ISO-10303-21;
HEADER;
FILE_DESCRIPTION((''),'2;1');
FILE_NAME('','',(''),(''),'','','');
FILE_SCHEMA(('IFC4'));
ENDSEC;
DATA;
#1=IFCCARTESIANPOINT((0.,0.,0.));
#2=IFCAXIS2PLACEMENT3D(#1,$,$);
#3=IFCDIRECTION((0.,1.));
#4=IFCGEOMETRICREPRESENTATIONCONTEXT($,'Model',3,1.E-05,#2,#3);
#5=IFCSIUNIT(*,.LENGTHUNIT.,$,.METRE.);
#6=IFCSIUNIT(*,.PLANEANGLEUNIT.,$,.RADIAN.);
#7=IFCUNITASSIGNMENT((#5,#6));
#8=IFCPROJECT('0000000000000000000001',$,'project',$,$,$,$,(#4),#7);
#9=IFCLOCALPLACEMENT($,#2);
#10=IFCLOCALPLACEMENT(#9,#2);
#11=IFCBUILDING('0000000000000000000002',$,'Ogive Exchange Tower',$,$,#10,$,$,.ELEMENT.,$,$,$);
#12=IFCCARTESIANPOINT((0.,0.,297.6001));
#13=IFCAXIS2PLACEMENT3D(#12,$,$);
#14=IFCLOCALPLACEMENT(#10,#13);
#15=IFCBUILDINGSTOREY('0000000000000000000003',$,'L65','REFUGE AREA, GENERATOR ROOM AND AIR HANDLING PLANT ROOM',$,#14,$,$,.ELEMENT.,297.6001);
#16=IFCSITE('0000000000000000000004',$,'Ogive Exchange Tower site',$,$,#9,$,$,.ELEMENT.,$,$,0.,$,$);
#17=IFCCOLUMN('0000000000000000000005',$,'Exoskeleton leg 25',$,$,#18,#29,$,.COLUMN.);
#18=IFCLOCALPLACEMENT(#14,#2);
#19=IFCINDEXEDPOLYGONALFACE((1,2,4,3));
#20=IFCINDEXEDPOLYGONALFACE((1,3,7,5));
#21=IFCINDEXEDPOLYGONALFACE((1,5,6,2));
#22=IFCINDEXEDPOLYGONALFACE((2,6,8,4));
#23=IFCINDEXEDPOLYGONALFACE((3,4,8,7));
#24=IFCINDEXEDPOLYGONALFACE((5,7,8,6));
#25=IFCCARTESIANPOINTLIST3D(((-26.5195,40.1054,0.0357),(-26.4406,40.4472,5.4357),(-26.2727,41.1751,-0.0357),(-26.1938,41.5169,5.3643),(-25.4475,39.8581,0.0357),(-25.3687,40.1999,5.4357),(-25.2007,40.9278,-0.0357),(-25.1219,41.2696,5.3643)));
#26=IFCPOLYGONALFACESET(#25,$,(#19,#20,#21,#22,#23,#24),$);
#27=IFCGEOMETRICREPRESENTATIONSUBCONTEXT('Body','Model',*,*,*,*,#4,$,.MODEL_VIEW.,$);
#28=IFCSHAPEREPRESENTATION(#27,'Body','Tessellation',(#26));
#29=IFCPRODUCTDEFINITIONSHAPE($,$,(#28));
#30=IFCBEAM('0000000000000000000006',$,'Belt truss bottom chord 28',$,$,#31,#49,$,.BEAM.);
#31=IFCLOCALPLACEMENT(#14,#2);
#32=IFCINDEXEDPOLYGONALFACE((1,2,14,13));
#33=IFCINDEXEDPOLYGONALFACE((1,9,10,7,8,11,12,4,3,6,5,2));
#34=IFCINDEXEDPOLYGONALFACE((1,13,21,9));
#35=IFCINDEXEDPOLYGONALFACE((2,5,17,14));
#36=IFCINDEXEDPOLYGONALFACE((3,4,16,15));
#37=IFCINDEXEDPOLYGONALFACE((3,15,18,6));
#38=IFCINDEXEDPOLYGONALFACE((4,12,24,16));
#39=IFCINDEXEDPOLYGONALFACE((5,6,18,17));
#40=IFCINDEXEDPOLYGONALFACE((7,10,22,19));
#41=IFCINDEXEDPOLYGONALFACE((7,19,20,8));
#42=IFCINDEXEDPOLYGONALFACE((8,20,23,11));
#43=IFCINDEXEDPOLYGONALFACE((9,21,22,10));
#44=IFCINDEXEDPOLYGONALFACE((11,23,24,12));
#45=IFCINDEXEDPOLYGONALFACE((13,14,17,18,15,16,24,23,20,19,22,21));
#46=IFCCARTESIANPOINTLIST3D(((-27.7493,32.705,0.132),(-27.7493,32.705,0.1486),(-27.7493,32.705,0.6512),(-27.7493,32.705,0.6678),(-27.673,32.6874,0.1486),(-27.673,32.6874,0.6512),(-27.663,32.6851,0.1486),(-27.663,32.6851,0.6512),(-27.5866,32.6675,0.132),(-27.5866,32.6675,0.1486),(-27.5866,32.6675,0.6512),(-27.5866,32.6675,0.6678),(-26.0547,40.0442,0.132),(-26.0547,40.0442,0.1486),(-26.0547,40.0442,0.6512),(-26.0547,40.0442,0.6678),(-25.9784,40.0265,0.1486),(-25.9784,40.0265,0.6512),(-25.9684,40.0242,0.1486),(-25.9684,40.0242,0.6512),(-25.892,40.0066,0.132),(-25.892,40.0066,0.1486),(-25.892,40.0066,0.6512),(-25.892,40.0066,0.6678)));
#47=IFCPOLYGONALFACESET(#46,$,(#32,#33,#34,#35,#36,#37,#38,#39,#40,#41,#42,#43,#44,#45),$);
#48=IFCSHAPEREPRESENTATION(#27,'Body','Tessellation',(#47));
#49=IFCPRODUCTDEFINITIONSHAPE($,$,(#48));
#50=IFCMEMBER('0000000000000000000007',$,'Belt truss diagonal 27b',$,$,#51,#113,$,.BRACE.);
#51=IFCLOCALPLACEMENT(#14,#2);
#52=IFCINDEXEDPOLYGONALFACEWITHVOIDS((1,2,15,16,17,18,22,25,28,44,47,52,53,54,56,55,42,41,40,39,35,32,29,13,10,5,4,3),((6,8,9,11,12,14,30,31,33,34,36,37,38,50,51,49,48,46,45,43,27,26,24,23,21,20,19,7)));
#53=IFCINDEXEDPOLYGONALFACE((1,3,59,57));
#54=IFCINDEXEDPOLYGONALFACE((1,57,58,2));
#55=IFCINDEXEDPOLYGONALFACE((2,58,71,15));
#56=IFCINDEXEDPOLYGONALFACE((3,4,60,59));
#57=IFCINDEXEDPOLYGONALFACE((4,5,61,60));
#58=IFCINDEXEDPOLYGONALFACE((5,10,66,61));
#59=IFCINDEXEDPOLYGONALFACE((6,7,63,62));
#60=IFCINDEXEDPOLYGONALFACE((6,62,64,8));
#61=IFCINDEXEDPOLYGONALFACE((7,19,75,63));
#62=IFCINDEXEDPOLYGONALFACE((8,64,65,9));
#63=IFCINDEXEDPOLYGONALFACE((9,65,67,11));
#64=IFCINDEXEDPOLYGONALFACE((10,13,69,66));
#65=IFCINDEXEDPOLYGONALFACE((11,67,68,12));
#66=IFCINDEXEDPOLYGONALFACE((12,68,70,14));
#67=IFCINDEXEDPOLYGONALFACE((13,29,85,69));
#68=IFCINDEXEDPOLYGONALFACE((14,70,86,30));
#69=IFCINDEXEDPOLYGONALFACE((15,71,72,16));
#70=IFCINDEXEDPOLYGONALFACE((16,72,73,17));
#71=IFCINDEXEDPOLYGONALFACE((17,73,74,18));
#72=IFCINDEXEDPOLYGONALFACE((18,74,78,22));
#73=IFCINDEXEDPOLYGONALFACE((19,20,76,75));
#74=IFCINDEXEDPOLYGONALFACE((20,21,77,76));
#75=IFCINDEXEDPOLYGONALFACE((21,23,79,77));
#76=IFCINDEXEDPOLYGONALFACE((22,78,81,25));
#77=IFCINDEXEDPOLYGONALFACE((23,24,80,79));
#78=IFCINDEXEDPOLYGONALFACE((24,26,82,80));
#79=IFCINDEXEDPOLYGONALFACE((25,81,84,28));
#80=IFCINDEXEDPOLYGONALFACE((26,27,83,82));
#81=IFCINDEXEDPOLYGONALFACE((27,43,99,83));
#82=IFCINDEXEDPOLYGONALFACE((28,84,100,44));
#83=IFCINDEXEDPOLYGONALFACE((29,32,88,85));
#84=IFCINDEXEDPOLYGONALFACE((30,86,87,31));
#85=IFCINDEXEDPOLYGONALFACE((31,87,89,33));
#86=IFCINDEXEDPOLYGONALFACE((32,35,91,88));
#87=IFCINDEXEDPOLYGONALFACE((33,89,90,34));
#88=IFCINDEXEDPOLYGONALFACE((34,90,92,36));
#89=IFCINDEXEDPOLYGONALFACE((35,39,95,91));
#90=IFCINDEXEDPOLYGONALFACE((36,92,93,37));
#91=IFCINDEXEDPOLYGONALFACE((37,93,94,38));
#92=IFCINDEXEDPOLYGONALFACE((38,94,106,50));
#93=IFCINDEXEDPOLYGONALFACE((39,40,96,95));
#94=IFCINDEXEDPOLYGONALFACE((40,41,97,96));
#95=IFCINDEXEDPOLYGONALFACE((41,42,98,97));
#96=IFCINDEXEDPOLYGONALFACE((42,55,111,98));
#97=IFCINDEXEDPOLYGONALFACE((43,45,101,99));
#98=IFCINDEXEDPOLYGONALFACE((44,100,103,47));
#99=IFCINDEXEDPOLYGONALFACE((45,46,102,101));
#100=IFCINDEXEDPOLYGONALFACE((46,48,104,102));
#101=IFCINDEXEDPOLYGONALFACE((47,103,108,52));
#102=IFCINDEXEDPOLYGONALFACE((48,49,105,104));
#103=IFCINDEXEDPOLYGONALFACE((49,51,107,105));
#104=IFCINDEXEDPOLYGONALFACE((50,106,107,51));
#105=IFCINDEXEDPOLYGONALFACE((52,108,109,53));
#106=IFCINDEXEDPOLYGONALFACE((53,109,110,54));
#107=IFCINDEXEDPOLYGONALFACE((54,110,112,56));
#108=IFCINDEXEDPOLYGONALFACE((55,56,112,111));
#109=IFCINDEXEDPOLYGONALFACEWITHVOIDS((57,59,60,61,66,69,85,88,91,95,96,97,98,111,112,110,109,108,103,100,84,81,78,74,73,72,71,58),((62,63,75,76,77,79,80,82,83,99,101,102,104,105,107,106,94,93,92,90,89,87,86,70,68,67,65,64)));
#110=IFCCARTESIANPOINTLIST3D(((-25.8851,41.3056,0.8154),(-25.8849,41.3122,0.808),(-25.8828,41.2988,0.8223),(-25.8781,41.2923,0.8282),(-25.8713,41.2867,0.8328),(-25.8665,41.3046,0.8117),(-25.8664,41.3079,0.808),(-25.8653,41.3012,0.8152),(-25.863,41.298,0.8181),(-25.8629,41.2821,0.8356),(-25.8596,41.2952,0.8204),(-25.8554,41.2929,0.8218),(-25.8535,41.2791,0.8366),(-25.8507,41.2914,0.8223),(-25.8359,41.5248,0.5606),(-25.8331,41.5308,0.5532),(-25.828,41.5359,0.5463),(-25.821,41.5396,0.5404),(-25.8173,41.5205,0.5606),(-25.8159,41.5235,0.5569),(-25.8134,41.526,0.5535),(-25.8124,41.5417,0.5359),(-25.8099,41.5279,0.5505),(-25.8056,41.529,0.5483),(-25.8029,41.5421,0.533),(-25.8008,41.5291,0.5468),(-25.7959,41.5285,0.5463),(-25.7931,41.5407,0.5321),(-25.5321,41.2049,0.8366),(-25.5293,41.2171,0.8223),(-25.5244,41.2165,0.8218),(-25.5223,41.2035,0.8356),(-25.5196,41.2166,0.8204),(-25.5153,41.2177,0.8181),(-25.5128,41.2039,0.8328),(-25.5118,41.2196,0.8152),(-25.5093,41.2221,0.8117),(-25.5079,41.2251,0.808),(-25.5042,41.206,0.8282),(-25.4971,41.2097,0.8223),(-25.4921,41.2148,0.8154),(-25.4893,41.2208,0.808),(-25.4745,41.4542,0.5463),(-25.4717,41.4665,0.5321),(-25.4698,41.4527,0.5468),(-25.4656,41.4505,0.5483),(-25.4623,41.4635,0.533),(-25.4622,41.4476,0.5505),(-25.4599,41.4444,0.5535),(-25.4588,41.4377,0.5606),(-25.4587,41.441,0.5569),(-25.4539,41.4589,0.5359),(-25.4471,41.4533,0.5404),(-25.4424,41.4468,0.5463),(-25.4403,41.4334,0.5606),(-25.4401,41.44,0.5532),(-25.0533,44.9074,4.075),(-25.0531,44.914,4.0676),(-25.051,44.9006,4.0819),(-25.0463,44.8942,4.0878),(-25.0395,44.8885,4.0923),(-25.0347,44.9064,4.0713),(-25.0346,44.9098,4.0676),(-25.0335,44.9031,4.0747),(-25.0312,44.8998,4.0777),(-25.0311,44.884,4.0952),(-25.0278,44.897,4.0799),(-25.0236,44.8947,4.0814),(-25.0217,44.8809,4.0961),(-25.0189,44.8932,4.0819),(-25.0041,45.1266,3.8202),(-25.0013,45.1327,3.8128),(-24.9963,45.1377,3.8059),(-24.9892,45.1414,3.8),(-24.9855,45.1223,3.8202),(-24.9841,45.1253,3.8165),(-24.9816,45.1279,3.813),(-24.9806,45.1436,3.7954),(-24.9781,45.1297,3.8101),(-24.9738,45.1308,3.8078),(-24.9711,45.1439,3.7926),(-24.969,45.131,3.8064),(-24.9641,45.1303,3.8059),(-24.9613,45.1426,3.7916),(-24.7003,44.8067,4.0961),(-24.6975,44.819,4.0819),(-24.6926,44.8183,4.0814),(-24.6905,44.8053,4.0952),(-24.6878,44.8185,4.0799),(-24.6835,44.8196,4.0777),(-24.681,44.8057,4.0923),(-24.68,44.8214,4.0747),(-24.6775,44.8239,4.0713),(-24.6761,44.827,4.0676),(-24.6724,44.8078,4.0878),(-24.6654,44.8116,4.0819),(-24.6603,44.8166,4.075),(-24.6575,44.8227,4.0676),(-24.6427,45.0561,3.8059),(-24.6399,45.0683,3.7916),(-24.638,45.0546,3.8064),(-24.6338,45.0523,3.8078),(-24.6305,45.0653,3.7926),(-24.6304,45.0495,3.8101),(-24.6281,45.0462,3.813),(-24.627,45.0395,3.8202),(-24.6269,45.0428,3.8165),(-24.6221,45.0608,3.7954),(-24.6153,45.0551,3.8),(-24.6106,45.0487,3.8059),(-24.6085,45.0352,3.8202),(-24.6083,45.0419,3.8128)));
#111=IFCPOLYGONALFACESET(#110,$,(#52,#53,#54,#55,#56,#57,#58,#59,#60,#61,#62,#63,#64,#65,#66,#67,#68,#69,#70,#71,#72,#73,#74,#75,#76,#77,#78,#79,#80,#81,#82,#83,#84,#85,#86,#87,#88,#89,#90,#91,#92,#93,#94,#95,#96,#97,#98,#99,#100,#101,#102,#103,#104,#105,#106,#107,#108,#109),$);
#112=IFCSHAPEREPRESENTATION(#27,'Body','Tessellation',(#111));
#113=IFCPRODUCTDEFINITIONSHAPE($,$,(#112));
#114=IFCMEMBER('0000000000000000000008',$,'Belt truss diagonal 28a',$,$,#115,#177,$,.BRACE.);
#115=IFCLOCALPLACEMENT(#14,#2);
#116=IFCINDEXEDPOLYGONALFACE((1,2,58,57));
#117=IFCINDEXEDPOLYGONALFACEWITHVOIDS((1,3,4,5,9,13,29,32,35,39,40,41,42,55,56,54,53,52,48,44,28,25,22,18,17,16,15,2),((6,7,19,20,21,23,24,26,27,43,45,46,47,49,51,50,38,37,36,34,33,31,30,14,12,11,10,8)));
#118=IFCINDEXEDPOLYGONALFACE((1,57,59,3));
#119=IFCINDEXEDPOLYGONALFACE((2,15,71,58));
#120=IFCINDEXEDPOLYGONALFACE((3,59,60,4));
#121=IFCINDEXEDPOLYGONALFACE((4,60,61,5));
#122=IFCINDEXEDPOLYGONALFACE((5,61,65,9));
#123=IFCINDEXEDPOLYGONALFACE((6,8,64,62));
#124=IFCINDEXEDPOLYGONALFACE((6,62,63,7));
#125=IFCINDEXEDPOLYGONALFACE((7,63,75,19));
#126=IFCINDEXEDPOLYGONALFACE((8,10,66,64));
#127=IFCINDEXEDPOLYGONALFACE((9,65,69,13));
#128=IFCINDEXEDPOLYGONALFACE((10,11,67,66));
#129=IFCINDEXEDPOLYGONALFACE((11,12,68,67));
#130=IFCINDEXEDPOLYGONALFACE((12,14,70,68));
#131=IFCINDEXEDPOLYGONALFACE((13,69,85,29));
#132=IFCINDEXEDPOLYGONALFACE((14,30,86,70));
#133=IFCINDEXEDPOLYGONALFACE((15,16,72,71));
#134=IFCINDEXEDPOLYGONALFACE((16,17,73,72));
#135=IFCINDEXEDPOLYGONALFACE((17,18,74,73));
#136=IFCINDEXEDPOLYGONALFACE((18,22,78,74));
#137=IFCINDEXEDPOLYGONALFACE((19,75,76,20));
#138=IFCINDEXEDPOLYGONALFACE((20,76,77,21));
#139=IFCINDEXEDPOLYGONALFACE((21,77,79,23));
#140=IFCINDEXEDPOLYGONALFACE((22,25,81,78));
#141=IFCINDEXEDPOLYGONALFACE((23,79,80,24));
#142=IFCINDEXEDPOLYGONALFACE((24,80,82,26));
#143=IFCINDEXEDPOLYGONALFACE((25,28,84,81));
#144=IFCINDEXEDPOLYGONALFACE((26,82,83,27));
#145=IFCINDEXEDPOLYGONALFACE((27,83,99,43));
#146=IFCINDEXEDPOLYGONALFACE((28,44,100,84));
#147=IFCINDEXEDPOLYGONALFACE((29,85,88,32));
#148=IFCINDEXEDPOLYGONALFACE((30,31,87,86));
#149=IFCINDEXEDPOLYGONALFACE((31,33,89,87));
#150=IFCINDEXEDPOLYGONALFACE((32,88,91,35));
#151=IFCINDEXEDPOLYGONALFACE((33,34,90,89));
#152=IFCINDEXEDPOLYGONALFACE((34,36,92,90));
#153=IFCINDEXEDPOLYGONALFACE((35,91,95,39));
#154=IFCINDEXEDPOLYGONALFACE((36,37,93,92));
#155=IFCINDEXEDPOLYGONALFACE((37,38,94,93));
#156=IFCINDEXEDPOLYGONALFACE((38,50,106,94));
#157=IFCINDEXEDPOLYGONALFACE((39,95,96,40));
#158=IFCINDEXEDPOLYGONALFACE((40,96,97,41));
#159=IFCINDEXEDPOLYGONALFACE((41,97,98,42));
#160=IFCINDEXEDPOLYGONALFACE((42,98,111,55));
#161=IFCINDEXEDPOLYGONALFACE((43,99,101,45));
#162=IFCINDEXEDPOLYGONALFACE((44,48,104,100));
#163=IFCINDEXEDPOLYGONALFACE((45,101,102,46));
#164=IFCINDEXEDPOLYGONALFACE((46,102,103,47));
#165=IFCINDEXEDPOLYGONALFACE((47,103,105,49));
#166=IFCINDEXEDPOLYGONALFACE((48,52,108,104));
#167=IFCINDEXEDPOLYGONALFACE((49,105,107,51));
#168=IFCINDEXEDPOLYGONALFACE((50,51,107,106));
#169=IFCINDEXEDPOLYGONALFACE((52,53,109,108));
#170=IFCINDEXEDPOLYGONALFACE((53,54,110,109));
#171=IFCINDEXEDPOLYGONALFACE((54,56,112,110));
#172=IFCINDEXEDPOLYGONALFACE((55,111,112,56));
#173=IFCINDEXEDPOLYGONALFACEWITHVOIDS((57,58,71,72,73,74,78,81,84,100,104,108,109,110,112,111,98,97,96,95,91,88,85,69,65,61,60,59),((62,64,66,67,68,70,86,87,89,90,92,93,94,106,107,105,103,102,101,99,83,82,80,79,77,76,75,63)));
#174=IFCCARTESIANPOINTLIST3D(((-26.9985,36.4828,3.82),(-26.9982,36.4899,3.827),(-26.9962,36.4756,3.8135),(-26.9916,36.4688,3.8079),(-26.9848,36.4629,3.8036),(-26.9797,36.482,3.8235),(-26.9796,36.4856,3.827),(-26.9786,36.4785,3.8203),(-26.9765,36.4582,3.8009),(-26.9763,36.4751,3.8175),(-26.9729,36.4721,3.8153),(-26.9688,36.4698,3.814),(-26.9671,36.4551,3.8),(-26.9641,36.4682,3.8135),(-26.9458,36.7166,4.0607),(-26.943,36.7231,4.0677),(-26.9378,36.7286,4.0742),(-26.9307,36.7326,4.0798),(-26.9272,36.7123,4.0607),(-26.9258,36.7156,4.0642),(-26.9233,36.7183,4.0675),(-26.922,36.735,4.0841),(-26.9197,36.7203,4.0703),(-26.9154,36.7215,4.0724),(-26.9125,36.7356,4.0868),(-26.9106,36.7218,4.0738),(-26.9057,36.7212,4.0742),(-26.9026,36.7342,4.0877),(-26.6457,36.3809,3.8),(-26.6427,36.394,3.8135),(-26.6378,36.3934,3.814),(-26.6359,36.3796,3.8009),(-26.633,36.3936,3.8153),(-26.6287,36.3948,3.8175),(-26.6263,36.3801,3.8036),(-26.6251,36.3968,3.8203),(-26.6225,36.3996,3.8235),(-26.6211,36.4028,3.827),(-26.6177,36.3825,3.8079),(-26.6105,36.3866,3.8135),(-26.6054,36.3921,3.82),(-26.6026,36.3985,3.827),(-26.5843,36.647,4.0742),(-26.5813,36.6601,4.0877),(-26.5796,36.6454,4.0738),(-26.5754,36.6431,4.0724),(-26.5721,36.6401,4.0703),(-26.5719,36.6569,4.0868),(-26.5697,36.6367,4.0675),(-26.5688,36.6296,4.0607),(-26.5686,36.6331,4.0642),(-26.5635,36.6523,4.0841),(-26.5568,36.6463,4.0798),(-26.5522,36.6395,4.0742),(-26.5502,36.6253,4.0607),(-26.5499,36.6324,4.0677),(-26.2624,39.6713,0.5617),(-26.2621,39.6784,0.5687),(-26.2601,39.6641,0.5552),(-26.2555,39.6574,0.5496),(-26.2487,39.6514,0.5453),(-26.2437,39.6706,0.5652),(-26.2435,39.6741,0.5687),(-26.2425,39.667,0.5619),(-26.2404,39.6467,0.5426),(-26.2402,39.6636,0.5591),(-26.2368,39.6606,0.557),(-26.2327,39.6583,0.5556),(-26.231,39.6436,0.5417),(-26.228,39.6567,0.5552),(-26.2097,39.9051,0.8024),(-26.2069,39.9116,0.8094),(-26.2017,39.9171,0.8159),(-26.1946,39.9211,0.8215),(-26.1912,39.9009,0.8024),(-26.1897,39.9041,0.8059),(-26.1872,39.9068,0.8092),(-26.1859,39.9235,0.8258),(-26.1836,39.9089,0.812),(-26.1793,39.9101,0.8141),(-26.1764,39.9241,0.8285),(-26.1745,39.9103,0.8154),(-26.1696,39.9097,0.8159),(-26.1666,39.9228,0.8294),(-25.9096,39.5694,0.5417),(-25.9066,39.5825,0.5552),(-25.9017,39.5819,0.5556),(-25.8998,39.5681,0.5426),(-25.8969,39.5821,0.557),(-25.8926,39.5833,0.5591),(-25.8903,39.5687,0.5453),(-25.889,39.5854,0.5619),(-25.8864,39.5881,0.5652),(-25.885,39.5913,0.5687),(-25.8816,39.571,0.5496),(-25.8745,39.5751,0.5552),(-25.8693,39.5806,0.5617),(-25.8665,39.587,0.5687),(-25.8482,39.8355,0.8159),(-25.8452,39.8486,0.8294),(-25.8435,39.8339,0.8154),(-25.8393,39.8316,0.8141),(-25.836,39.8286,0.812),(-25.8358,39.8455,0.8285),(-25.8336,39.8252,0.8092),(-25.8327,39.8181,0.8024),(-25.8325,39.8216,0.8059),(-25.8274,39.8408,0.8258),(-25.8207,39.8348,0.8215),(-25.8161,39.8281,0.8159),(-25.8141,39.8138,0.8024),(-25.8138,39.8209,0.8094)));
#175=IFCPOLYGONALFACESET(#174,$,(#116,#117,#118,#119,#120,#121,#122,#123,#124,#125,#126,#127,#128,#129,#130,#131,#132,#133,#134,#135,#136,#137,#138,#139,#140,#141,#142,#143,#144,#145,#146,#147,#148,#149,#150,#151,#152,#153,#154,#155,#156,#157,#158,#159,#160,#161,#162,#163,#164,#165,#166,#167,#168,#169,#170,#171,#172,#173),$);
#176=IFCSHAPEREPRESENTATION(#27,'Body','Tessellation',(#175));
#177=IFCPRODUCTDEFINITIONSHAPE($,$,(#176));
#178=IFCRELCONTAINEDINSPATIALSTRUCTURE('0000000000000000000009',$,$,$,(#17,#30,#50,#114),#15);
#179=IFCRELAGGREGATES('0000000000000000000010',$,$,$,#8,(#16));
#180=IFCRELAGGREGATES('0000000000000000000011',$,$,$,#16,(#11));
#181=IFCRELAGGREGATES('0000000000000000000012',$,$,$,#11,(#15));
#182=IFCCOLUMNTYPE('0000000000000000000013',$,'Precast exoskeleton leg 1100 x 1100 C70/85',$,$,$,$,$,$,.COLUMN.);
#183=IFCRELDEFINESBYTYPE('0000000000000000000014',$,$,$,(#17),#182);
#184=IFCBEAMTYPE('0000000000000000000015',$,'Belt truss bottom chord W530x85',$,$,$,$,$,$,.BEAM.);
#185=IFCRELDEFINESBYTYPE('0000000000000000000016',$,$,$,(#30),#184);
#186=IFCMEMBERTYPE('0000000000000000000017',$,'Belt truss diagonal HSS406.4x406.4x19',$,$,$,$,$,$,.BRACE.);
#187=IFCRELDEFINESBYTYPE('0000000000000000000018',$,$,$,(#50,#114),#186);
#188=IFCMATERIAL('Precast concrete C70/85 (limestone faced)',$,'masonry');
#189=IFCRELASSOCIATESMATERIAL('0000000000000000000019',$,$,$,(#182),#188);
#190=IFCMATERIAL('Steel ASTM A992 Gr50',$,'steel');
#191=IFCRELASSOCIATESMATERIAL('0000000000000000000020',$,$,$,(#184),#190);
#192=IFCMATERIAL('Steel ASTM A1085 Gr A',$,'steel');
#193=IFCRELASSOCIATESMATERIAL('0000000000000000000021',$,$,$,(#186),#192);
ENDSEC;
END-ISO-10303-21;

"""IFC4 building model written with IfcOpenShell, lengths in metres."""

from ifc_helpers import new_model, si_unit, direction, frame, origin, origin_2d, place, context, subcontext, project, spatial, rectangle, hollow_rectangle, i_section, extrude, material, material_profile, profile_set, type_object, element, save


model = new_model("IFC4")

# Units and contexts
model_context = context("Model", 3, precision=1e-05, world=origin(), true_north=direction((0.0, 1.0)))
body_context = subcontext(model_context, "Body", "Model", "MODEL_VIEW")
ifc_project = project(units=[si_unit("LENGTHUNIT", "METRE"), si_unit("PLANEANGLEUNIT", "RADIAN")], contexts=[model_context])

# Site, building, storey
site_placement = place(None, origin())
site = spatial("IfcSite", under=ifc_project, at=site_placement, Name="Ogive Exchange Tower site", CompositionType="ELEMENT", RefElevation=0.0)
building_placement = place(site_placement, origin())
building = spatial("IfcBuilding", under=site, at=building_placement, Name="Ogive Exchange Tower", CompositionType="ELEMENT")
storey_placement = place(building_placement, frame((0.0, 0.0, 297.6001)))
storey = spatial("IfcBuildingStorey", under=building, at=storey_placement, Name="L65", Description="REFUGE AREA, GENERATOR ROOM AND AIR HANDLING PLANT ROOM", CompositionType="ELEMENT", Elevation=297.6001)

# Column
ifc_material_1 = material(Name="Precast concrete C70/85 (limestone faced)", Category="masonry")
ifc_material_profile_1 = material_profile(ifc_material_1, rectangle(XDim=1.1001, YDim=1.1001, at=origin_2d()), Name="1100 x 1100")
ifc_profile_set_1 = profile_set([ifc_material_profile_1], Name="Precast concrete C70/85 (limestone faced)")
column_type = type_object("IfcColumnType", Name="Precast exoskeleton leg 1100 x 1100 C70/85", PredefinedType="COLUMN", material=ifc_profile_set_1)
column_placement = place(storey_placement, frame((-25.8601, 40.5166, 0.0), z_axis=(0.014573, 0.063164, 0.997897), x_axis=(-0.974403, 0.224809, 0.0)))
element("IfcColumn", 1, at=column_placement, inside=storey, type_object=column_type, Name="Exoskeleton leg 25", PredefinedType="COLUMN", context=body_context, shape_type="SweptSolid", body=[
    extrude(rectangle(XDim=1.1001, YDim=1.1001, at=origin_2d()), origin(), (0.0, 0.0, 1.0), 5.4114),
])

# Beam
ifc_material_2 = material(Name="Steel ASTM A992 Gr50", Category="steel")
ifc_material_profile_2 = material_profile(ifc_material_2, i_section(OverallWidth=0.167, OverallDepth=0.5359, WebThickness=0.0103, FlangeThickness=0.0166, at=origin_2d()), Name="W530x85")
ifc_profile_set_2 = profile_set([ifc_material_profile_2], Name="Steel ASTM A992 Gr50")
beam_type_1 = type_object("IfcBeamType", Name="Belt truss bottom chord W530x85", PredefinedType="BEAM", material=ifc_profile_set_2)
beam_1_placement = place(storey_placement, frame((-25.9734, 40.0254, 0.3999), z_axis=(-0.224978, -0.974364, 0.0), x_axis=(0.974364, -0.224978, 0.0)))
element("IfcBeam", 2, at=beam_1_placement, inside=storey, type_object=beam_type_1, Name="Belt truss bottom chord 28", PredefinedType="BEAM", context=body_context, shape_type="SweptSolid", body=[
    extrude(i_section(OverallWidth=0.167, OverallDepth=0.5359, WebThickness=0.0103, FlangeThickness=0.0166, at=origin_2d()), origin(), (0.0, 0.0, 1.0), 7.5322),
])

# Members
ifc_material_3 = material(Name="Steel ASTM A1085 Gr A", Category="steel")
ifc_material_profile_3 = material_profile(ifc_material_3, hollow_rectangle(XDim=0.406, YDim=0.406, WallThickness=0.019, InnerFilletRadius=0.019, OuterFilletRadius=0.0381, at=origin_2d()), Name="HSS406.4x406.4x19")
ifc_profile_set_3 = profile_set([ifc_material_profile_3], Name="Steel ASTM A1085 Gr A")
member_type = type_object("IfcMemberType", Name="Belt truss diagonal HSS406.4x406.4x19", PredefinedType="BRACE", material=ifc_profile_set_3)
member_1_placement = place(storey_placement, frame((-25.6626, 41.3728, 0.6843), z_axis=(0.168773, 0.730823, 0.661372), x_axis=(-0.974356, 0.225014, 0.0)))
element("IfcMember", 3, at=member_1_placement, inside=storey, type_object=member_type, Name="Belt truss diagonal 27b", PredefinedType="BRACE", context=body_context, shape_type="SweptSolid", body=[
    extrude(hollow_rectangle(XDim=0.406, YDim=0.406, WallThickness=0.019, InnerFilletRadius=0.019, OuterFilletRadius=0.0381, at=origin_2d()), origin(), (0.0, 0.0, 1.0), 4.9285),
])
member_2_placement = place(storey_placement, frame((-26.0381, 39.7461, 0.6855), z_axis=(-0.159399, -0.690465, 0.705585), x_axis=(0.974372, -0.224941, 0.0)))
element("IfcMember", 4, at=member_2_placement, inside=storey, type_object=member_type, Name="Belt truss diagonal 28a", PredefinedType="BRACE", context=body_context, shape_type="SweptSolid", body=[
    extrude(hollow_rectangle(XDim=0.406, YDim=0.406, WallThickness=0.019, InnerFilletRadius=0.019, OuterFilletRadius=0.0381, at=origin_2d()), origin(), (0.0, 0.0, 1.0), 4.6179),
])

save(model, "model.ifc")
